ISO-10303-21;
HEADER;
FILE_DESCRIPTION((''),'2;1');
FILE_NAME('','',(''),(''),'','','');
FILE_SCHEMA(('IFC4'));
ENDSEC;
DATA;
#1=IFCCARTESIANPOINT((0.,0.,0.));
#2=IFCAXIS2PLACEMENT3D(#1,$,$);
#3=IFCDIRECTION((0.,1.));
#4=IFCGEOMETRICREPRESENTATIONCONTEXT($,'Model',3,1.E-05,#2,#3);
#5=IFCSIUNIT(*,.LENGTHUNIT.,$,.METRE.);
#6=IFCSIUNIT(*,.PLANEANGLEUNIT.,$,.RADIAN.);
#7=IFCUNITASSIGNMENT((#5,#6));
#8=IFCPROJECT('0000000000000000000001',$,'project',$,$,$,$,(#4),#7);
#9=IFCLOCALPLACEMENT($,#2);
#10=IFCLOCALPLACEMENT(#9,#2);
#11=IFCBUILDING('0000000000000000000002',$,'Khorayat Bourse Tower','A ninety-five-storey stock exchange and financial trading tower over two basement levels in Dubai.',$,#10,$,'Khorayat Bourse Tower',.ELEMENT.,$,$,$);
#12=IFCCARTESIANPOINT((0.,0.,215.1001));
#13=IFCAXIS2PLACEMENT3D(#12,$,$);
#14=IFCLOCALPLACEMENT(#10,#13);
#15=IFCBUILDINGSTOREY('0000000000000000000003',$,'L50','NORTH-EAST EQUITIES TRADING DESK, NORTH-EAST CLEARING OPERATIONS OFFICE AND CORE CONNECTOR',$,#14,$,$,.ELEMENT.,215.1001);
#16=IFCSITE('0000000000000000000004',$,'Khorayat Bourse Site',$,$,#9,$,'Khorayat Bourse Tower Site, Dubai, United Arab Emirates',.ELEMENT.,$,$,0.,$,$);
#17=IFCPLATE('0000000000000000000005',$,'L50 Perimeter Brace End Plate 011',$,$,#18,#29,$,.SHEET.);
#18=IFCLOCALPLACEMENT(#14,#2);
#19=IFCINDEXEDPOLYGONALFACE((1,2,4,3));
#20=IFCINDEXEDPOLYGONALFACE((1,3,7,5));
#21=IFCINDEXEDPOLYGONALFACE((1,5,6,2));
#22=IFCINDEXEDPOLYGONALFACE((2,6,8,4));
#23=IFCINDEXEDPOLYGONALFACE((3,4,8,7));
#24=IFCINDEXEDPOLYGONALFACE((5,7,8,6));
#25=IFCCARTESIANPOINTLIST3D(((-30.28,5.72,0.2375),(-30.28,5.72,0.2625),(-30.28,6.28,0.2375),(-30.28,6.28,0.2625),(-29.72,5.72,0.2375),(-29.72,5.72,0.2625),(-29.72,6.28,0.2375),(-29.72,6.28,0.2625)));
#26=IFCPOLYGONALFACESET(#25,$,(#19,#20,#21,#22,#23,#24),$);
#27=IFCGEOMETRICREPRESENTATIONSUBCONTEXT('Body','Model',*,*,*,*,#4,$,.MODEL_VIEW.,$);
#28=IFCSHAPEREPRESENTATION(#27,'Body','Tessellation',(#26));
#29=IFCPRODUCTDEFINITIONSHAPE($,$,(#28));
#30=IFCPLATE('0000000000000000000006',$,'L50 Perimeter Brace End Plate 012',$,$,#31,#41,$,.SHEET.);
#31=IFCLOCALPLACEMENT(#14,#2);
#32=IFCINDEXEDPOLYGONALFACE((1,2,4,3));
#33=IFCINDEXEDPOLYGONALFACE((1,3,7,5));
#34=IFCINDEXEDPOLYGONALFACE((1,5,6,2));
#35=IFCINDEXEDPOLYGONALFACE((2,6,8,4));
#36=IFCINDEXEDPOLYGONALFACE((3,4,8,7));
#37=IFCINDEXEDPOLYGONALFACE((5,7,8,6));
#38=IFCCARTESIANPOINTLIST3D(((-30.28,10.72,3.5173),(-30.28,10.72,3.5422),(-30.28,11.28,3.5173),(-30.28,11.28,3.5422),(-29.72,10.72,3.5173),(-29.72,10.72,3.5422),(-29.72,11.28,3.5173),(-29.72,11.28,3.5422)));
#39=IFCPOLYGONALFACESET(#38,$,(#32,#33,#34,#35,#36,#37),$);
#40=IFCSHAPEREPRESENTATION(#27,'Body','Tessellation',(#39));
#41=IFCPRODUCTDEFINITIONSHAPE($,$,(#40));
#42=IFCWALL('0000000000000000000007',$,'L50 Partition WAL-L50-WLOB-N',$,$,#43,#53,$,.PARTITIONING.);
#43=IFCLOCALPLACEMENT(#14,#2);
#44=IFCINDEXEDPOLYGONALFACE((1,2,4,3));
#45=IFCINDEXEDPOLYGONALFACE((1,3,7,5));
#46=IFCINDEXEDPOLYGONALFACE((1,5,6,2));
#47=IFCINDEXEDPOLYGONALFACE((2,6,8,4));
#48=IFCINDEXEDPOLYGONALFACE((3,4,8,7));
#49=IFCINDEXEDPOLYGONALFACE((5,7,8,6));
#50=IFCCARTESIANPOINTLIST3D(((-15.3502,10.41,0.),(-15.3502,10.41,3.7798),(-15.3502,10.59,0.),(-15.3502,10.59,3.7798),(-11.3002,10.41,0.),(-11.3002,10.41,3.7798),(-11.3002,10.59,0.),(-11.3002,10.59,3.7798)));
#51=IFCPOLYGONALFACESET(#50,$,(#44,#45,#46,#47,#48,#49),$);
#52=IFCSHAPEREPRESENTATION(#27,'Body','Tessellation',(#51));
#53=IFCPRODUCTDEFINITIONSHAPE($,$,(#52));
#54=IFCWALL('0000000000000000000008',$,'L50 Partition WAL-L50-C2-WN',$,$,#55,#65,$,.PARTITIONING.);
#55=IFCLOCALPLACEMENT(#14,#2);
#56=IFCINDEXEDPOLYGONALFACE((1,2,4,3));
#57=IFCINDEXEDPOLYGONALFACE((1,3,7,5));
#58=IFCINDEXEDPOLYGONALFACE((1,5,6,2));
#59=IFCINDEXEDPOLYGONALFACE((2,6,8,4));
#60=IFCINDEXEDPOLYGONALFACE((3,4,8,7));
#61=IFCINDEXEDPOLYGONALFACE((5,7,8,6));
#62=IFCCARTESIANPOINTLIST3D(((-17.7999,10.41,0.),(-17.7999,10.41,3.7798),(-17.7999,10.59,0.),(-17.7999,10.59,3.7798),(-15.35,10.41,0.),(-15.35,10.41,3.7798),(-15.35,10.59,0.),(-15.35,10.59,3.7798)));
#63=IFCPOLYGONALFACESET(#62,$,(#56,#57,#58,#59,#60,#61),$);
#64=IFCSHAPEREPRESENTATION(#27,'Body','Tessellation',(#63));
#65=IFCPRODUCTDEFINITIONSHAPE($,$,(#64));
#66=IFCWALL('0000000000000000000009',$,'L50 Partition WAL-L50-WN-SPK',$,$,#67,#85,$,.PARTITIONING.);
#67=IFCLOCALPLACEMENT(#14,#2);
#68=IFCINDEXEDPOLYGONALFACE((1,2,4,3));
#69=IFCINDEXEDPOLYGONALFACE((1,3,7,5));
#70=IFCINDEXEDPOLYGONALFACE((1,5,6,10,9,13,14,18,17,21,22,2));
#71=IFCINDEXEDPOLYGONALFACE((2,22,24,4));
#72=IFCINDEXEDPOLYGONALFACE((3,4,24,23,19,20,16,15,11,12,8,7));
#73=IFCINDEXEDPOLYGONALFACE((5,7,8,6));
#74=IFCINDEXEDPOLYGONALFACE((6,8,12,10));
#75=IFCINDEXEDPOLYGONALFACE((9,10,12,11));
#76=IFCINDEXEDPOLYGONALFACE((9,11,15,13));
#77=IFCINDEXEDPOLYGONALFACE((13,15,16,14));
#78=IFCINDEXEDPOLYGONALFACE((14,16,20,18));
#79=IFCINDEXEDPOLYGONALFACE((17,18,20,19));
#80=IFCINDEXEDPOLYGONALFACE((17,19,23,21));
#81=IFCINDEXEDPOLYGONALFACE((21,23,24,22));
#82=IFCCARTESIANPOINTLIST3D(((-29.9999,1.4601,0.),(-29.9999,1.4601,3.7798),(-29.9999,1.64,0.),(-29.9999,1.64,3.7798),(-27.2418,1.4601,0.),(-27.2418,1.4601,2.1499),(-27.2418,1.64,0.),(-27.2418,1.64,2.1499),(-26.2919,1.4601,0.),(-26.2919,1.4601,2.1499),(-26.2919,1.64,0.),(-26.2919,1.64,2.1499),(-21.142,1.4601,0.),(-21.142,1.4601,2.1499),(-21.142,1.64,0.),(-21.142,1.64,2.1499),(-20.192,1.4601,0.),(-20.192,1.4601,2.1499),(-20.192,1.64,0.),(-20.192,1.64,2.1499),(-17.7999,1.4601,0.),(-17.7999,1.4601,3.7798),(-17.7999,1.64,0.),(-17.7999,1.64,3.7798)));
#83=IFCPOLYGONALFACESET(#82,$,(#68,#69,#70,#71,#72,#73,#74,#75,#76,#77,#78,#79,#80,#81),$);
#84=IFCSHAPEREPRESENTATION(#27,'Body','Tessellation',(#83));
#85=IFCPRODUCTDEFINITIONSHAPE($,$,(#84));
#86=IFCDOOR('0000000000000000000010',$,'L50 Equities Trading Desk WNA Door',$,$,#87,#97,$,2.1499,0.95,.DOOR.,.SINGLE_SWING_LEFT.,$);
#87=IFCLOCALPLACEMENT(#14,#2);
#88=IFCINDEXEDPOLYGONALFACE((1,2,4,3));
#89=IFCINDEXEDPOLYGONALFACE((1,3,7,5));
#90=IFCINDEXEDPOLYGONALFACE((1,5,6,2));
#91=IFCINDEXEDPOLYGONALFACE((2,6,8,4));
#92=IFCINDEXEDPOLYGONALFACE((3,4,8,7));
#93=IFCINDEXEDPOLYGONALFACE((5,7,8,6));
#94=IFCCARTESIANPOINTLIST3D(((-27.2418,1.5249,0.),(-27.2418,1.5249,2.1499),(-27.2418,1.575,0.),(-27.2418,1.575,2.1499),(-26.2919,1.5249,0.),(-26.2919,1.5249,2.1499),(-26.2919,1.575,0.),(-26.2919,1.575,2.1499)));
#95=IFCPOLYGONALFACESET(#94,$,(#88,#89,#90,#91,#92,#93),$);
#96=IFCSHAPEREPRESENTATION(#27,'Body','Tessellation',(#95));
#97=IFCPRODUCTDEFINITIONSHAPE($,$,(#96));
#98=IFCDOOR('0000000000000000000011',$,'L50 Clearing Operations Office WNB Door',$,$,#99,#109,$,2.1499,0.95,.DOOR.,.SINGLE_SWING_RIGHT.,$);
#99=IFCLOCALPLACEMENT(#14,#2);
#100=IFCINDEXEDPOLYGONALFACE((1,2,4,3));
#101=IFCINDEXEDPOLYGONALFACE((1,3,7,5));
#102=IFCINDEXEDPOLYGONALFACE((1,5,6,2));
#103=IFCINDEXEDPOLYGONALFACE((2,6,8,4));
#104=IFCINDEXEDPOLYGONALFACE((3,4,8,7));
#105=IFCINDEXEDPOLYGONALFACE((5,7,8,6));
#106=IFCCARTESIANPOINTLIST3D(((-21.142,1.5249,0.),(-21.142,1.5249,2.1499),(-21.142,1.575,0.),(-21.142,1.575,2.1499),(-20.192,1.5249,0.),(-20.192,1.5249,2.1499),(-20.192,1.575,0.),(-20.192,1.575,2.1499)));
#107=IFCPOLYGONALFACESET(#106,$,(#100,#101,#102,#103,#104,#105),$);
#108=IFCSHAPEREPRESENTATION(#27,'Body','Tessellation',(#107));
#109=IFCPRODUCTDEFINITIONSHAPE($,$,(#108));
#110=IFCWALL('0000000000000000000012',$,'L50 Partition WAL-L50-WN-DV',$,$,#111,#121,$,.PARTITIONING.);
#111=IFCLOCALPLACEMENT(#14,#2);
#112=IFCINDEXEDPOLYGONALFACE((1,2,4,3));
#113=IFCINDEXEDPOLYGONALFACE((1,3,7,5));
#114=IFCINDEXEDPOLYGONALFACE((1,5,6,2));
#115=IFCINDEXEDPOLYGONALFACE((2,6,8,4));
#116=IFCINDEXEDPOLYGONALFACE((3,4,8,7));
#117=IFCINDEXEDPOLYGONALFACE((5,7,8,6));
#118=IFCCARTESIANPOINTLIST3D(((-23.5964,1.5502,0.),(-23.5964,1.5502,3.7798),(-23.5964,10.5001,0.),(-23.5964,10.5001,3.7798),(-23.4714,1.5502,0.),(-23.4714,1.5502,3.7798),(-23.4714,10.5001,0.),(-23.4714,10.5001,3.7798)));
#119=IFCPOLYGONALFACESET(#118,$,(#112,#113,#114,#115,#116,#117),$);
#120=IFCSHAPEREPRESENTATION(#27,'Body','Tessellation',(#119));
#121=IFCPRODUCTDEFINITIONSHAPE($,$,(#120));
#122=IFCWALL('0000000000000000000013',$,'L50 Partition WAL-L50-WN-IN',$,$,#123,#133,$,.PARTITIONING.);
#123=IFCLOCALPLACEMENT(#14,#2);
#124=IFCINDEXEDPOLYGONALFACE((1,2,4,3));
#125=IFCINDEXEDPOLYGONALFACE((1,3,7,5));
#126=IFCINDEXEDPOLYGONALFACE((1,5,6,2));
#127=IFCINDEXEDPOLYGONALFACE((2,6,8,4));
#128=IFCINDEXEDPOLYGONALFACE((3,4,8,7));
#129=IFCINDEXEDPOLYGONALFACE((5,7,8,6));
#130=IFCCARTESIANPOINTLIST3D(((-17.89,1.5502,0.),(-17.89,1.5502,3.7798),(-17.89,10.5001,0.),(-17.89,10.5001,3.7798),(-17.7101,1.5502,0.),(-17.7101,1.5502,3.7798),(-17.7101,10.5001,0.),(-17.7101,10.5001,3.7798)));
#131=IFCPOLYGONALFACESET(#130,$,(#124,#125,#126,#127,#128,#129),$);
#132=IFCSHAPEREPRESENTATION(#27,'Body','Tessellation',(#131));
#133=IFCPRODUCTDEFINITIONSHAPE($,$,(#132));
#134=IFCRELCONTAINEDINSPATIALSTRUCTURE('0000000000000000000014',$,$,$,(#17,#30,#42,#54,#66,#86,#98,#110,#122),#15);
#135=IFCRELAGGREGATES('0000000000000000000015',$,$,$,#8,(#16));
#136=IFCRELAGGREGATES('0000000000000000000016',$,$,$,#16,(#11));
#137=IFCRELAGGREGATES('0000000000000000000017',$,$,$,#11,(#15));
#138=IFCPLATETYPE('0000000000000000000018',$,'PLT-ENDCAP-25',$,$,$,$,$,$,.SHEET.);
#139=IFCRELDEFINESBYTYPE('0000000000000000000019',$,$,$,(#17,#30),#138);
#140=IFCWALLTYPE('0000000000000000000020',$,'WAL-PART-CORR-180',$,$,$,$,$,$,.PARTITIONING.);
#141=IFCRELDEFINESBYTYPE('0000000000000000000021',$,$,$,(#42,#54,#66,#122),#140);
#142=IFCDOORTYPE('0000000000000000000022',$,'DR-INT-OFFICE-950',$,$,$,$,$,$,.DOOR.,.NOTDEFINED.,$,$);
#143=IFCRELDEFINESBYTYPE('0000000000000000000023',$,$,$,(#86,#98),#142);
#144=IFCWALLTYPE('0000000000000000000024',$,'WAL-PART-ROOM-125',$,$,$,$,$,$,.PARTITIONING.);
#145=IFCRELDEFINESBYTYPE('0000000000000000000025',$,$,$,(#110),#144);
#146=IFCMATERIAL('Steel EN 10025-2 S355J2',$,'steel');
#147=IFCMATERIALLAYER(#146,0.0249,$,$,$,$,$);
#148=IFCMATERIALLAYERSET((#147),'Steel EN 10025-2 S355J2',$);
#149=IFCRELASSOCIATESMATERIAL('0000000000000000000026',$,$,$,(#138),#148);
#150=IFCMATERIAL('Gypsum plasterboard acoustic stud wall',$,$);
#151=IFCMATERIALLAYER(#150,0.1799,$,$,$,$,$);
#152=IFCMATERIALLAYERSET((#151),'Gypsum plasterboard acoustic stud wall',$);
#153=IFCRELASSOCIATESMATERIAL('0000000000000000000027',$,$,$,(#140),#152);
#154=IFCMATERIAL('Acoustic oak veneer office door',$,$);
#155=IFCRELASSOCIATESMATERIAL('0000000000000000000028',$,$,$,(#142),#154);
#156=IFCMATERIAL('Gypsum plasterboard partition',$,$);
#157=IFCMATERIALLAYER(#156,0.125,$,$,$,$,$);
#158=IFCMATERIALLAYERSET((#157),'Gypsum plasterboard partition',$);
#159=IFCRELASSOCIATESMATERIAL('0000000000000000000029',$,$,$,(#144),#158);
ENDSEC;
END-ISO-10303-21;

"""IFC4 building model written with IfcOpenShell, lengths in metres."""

from ifc_helpers import new_model, si_unit, direction, frame, frame_2d, origin, origin_2d, place, context, subcontext, project, spatial, rectangle, extrude, source, transform, mapped, material, layer, layer_set, type_object, element, fill, save


model = new_model("IFC4")

# Units and contexts
model_context = context("Model", 3, precision=1e-05, world=origin(), true_north=direction((0.0, 1.0)))
body_context = subcontext(model_context, "Body", "Model", "MODEL_VIEW")
ifc_project = project(units=[si_unit("LENGTHUNIT", "METRE"), si_unit("PLANEANGLEUNIT", "RADIAN")], contexts=[model_context])

# Site, building, storey
site_placement = place(None, origin())
site = spatial("IfcSite", under=ifc_project, at=site_placement, Name="Khorayat Bourse Site", LongName="Khorayat Bourse Tower Site, Dubai, United Arab Emirates", CompositionType="ELEMENT", RefElevation=0.0)
building_placement = place(site_placement, origin())
building = spatial("IfcBuilding", under=site, at=building_placement, Name="Khorayat Bourse Tower", Description="A ninety-five-storey stock exchange and financial trading tower over two basement levels in Dubai.", LongName="Khorayat Bourse Tower", CompositionType="ELEMENT")
storey_placement = place(building_placement, frame((0.0, 0.0, 215.1001)))
storey = spatial("IfcBuildingStorey", under=building, at=storey_placement, Name="L50", Description="NORTH-EAST EQUITIES TRADING DESK, NORTH-EAST CLEARING OPERATIONS OFFICE AND CORE CONNECTOR", CompositionType="ELEMENT", Elevation=215.1001)

# Plates
ifc_material_1 = material(Name="Steel EN 10025-2 S355J2", Category="steel")
ifc_layer_1 = layer(ifc_material_1, 0.0249)
ifc_layer_set_1 = layer_set([ifc_layer_1], Name="Steel EN 10025-2 S355J2")
plate_type = type_object("IfcPlateType", Name="PLT-ENDCAP-25", PredefinedType="SHEET", material=ifc_layer_set_1)
shared_shape_1 = source(origin(), body_context, "Body", "SweptSolid", [
    extrude(rectangle(XDim=0.5601, YDim=0.5601, at=origin_2d()), origin(), (0.0, 0.0, 1.0), 0.0249),
])
for number, where, z_axis, x_axis, name in (
    (1, (-30.0, 6.0, 0.2375), (0.0, 0.0, 1.0), (1.0, 0.0, 0.0), "L50 Perimeter Brace End Plate 011"),
    (2, (-30.0, 11.0, 3.5173), (0.0, 0.0, 1.0), (1.0, 0.0, 0.0), "L50 Perimeter Brace End Plate 012"),
):
    element("IfcPlate", number, at=place(storey_placement, frame(where, z_axis=z_axis, x_axis=x_axis)), inside=storey, type_object=plate_type, Name=name, PredefinedType="SHEET", context=body_context, shape_type="MappedRepresentation", body=[
        mapped(shared_shape_1, transform((0.0, 0.0, 0.0), scale=1.0)),
    ])

# Walls
ifc_material_2 = material(Name="Gypsum plasterboard acoustic stud wall")
ifc_layer_2 = layer(ifc_material_2, 0.1799)
ifc_layer_set_2 = layer_set([ifc_layer_2], Name="Gypsum plasterboard acoustic stud wall")
wall_type_1 = type_object("IfcWallType", Name="WAL-PART-CORR-180", PredefinedType="PARTITIONING", material=ifc_layer_set_2)
shared_shape_2 = source(origin(), body_context, "Body", "SweptSolid", [
    extrude(rectangle(XDim=4.05, YDim=0.1799, at=frame_2d((2.0249, 0.0))), origin(), (0.0, 0.0, 1.0), 3.7798),
])
wall_1_placement = place(storey_placement, frame((-15.3501, 10.5, 0.0), z_axis=(0.0, 0.0, 1.0), x_axis=(1.0, 0.0, 0.0)))
element("IfcWall", 3, at=wall_1_placement, inside=storey, type_object=wall_type_1, Name="L50 Partition WAL-L50-WLOB-N", PredefinedType="PARTITIONING", context=body_context, shape_type="MappedRepresentation", body=[
    mapped(shared_shape_2, transform((0.0, 0.0, 0.0), scale=1.0)),
])
shared_shape_3 = source(origin(), body_context, "Body", "SweptSolid", [
    extrude(rectangle(XDim=2.45, YDim=0.1799, at=frame_2d((1.2251, 0.0))), origin(), (0.0, 0.0, 1.0), 3.7798),
])
wall_2_placement = place(storey_placement, frame((-17.8, 10.5, 0.0), z_axis=(0.0, 0.0, 1.0), x_axis=(1.0, 0.0, 0.0)))
element("IfcWall", 4, at=wall_2_placement, inside=storey, type_object=wall_type_1, Name="L50 Partition WAL-L50-C2-WN", PredefinedType="PARTITIONING", context=body_context, shape_type="MappedRepresentation", body=[
    mapped(shared_shape_3, transform((0.0, 0.0, 0.0), scale=1.0)),
])

# Wall, openings, doors
shared_shape_4 = source(origin(), body_context, "Body", "SweptSolid", [
    extrude(rectangle(XDim=12.2, YDim=0.1799, at=frame_2d((6.1001, 0.0))), origin(), (0.0, 0.0, 1.0), 3.7798),
])
wall_3_placement = place(storey_placement, frame((-30.0, 1.55, 0.0), z_axis=(0.0, 0.0, 1.0), x_axis=(1.0, 0.0, 0.0)))
wall_3 = element("IfcWall", 5, at=wall_3_placement, inside=storey, type_object=wall_type_1, Name="L50 Partition WAL-L50-WN-SPK", PredefinedType="PARTITIONING", context=body_context, shape_type="MappedRepresentation", body=[
    mapped(shared_shape_4, transform((0.0, 0.0, 0.0), scale=1.0)),
])
shared_shape_5 = source(origin(), body_context, "Body", "SweptSolid", [
    extrude(rectangle(XDim=0.95, YDim=2.1499, at=frame_2d((0.4751, 1.075))), frame((0.0, 0.0999, 0.0), z_axis=(0.0, -1.0, 0.0), x_axis=(1.0, 0.0, 0.0)), (0.0, 0.0, 1.0), 0.2),
])
opening_1_placement = place(wall_3_placement, frame((2.7581, 0.0, 0.0)))
opening_1 = element("IfcOpeningElement", 6, at=opening_1_placement, cuts=wall_3, PredefinedType="OPENING", context=body_context, shape_type="MappedRepresentation", body=[
    mapped(shared_shape_5, transform((0.0, 0.0, 0.0), scale=1.0)),
])
opening_2_placement = place(wall_3_placement, frame((8.8579, 0.0, 0.0)))
opening_2 = element("IfcOpeningElement", 7, at=opening_2_placement, cuts=wall_3, PredefinedType="OPENING", context=body_context, shape_type="MappedRepresentation", body=[
    mapped(shared_shape_5, transform((0.0, 0.0, 0.0), scale=1.0)),
])
ifc_material_3 = material(Name="Acoustic oak veneer office door")
door_type = type_object("IfcDoorType", Name="DR-INT-OFFICE-950", OperationType="NOTDEFINED", PredefinedType="DOOR", material=ifc_material_3)
shared_shape_6 = source(origin(), body_context, "Body", "SweptSolid", [
    extrude(rectangle(XDim=0.95, YDim=2.1499, at=frame_2d((0.4751, 1.075))), frame((0.0, 0.0249, 0.0), z_axis=(0.0, -1.0, 0.0), x_axis=(1.0, 0.0, 0.0)), (0.0, 0.0, 1.0), 0.05),
])
door_1_placement = place(opening_1_placement, origin())
door_1 = element("IfcDoor", 8, at=door_1_placement, inside=storey, type_object=door_type, Name="L50 Equities Trading Desk WNA Door", OperationType="SINGLE_SWING_LEFT", OverallHeight=2.1499, OverallWidth=0.95, PredefinedType="DOOR", context=body_context, shape_type="MappedRepresentation", body=[
    mapped(shared_shape_6, transform((0.0, 0.0, 0.0), scale=1.0)),
])
fill(opening_1, door_1)
door_2_placement = place(opening_2_placement, origin())
door_2 = element("IfcDoor", 9, at=door_2_placement, inside=storey, type_object=door_type, Name="L50 Clearing Operations Office WNB Door", OperationType="SINGLE_SWING_RIGHT", OverallHeight=2.1499, OverallWidth=0.95, PredefinedType="DOOR", context=body_context, shape_type="MappedRepresentation", body=[
    mapped(shared_shape_6, transform((0.0, 0.0, 0.0), scale=1.0)),
])
fill(opening_2, door_2)

# Walls
ifc_material_4 = material(Name="Gypsum plasterboard partition")
ifc_layer_3 = layer(ifc_material_4, 0.125)
ifc_layer_set_3 = layer_set([ifc_layer_3], Name="Gypsum plasterboard partition")
wall_type_2 = type_object("IfcWallType", Name="WAL-PART-ROOM-125", PredefinedType="PARTITIONING", material=ifc_layer_set_3)
shared_shape_7 = source(origin(), body_context, "Body", "SweptSolid", [
    extrude(rectangle(XDim=8.95, YDim=0.125, at=frame_2d((4.4751, 0.0))), origin(), (0.0, 0.0, 1.0), 3.7798),
])
wall_4_placement = place(storey_placement, frame((-23.5339, 1.55, 0.0), z_axis=(0.0, 0.0, 1.0), x_axis=(0.0, 1.0, 0.0)))
element("IfcWall", 10, at=wall_4_placement, inside=storey, type_object=wall_type_2, Name="L50 Partition WAL-L50-WN-DV", PredefinedType="PARTITIONING", context=body_context, shape_type="MappedRepresentation", body=[
    mapped(shared_shape_7, transform((0.0, 0.0, 0.0), scale=1.0)),
])
shared_shape_8 = source(origin(), body_context, "Body", "SweptSolid", [
    extrude(rectangle(XDim=8.95, YDim=0.1799, at=frame_2d((4.4751, 0.0))), origin(), (0.0, 0.0, 1.0), 3.7798),
])
wall_5_placement = place(storey_placement, frame((-17.8, 1.55, 0.0), z_axis=(0.0, 0.0, 1.0), x_axis=(0.0, 1.0, 0.0)))
element("IfcWall", 11, at=wall_5_placement, inside=storey, type_object=wall_type_1, Name="L50 Partition WAL-L50-WN-IN", PredefinedType="PARTITIONING", context=body_context, shape_type="MappedRepresentation", body=[
    mapped(shared_shape_8, transform((0.0, 0.0, 0.0), scale=1.0)),
])

save(model, "model.ifc")
